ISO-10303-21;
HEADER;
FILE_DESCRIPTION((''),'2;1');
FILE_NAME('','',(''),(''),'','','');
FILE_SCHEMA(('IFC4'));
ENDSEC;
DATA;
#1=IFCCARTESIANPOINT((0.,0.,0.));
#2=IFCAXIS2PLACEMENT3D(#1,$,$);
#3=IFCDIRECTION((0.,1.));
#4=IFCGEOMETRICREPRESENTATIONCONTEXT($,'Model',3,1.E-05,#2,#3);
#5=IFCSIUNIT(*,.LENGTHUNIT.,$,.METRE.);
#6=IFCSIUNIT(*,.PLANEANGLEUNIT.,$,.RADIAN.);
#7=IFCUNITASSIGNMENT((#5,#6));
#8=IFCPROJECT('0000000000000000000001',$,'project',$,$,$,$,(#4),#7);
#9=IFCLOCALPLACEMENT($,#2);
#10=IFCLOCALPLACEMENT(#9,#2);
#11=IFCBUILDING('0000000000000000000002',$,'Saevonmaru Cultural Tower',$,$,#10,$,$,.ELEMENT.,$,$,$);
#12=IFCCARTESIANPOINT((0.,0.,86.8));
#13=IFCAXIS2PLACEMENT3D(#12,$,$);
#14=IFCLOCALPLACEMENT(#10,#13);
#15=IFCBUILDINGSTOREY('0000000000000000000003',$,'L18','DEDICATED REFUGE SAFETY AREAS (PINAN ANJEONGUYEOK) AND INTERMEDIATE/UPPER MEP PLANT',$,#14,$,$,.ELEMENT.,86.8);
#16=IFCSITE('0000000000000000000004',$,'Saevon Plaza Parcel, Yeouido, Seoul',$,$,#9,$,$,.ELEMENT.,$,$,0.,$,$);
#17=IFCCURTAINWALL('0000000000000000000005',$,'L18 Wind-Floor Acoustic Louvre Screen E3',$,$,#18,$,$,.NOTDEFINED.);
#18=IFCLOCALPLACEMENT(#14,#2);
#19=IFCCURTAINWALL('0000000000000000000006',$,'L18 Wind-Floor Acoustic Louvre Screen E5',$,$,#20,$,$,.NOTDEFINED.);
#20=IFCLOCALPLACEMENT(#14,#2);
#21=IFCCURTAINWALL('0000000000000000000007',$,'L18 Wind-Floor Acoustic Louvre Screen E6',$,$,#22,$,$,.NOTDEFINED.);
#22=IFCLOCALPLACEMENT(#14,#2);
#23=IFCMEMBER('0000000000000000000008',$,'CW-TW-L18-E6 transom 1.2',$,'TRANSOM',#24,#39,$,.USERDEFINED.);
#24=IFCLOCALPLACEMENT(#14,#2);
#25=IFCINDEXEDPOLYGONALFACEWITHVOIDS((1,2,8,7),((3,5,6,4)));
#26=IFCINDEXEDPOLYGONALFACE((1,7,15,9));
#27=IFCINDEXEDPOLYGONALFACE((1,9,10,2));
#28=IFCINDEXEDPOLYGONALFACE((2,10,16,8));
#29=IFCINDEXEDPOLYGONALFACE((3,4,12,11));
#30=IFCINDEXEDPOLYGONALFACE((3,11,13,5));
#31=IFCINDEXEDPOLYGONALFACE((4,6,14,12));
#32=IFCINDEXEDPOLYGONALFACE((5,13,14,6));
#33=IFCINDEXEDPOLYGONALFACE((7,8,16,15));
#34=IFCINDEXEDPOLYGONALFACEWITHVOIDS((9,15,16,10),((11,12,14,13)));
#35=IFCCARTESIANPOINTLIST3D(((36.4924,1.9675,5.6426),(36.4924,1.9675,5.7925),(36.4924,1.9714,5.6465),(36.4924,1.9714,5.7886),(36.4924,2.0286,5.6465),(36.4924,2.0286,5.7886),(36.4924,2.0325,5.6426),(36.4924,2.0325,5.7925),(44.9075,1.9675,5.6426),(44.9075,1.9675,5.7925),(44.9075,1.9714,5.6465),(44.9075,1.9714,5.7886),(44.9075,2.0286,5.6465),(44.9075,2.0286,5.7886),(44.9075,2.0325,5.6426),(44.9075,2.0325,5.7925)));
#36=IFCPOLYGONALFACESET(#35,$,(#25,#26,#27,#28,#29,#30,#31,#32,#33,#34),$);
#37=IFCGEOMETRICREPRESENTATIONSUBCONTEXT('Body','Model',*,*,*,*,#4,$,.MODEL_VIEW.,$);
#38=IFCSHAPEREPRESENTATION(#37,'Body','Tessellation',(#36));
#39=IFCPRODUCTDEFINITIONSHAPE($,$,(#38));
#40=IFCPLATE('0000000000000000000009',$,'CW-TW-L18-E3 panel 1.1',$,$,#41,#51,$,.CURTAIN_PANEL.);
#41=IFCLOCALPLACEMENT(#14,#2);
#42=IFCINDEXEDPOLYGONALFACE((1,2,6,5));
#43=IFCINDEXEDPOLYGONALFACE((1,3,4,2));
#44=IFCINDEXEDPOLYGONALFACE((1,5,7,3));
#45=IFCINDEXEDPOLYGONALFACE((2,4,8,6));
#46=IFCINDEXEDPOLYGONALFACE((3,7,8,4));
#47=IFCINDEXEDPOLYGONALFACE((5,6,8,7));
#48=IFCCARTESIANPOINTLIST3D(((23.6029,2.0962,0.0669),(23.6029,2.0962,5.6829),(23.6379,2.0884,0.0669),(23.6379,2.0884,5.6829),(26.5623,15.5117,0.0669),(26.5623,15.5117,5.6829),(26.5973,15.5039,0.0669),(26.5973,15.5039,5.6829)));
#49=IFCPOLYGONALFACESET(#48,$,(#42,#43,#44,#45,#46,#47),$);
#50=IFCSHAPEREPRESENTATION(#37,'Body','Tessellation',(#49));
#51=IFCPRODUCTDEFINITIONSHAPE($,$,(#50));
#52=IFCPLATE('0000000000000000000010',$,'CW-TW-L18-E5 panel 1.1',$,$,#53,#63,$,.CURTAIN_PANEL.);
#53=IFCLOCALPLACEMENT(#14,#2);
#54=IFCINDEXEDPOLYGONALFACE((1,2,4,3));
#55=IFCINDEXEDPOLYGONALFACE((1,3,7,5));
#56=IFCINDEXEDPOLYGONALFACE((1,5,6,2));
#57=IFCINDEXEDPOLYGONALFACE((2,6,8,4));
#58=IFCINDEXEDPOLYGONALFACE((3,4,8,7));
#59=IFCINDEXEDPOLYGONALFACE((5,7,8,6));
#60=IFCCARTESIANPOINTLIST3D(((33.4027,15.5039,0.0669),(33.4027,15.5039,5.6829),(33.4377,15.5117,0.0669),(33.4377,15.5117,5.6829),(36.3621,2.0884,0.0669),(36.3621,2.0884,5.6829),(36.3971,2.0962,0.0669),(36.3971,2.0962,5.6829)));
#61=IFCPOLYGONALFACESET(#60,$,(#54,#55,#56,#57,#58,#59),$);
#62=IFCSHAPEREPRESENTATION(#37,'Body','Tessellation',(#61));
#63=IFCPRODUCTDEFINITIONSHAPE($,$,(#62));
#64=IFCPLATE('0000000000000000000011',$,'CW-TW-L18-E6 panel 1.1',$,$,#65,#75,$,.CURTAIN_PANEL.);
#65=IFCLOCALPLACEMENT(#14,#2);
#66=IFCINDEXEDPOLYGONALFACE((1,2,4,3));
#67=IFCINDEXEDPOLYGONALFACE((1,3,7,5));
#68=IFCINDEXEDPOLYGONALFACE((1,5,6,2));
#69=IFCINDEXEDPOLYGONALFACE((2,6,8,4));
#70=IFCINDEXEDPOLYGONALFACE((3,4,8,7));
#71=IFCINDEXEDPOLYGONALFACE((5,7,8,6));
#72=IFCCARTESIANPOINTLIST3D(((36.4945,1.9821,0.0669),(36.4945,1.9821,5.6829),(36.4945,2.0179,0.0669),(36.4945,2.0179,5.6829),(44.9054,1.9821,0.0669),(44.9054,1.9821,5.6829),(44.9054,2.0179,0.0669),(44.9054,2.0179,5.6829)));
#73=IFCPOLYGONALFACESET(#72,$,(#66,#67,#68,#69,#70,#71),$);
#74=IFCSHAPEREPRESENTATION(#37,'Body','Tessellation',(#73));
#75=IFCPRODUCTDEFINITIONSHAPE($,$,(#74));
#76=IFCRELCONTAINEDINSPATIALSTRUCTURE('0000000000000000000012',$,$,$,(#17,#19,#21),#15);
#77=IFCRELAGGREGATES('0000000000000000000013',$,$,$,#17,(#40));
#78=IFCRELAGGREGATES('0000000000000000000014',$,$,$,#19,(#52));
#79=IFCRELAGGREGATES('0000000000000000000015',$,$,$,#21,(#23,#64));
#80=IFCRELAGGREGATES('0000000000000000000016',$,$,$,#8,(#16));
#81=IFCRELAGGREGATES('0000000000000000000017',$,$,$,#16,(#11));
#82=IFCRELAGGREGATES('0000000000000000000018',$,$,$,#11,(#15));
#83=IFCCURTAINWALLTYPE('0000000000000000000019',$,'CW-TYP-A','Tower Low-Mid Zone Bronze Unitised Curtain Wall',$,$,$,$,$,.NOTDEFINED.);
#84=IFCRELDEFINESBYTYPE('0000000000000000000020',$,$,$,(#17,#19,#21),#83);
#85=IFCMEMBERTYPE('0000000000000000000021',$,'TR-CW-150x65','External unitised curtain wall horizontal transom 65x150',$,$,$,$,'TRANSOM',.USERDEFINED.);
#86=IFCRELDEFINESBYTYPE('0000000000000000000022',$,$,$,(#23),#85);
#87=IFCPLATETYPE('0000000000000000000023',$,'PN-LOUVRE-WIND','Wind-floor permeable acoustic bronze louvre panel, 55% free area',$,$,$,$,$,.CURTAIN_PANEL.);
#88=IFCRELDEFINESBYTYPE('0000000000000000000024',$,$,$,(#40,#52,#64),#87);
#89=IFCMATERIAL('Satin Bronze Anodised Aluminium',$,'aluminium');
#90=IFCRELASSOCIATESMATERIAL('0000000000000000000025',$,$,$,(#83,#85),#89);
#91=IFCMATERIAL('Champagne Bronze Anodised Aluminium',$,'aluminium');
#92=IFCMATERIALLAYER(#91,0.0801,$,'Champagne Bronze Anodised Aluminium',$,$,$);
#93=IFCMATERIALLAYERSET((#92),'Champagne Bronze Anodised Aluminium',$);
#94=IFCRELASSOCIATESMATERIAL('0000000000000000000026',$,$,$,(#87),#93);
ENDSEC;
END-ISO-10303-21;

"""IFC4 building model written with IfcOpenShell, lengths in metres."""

from ifc_helpers import new_model, si_unit, direction, frame, origin, origin_2d, place, context, subcontext, project, spatial, rectangle, hollow_rectangle, extrude, material, layer, layer_set, material_profile, profile_set, type_object, element, aggregate, save


model = new_model("IFC4")

# Units and contexts
model_context = context("Model", 3, precision=1e-05, world=origin(), true_north=direction((0.0, 1.0)))
body_context = subcontext(model_context, "Body", "Model", "MODEL_VIEW")
ifc_project = project(units=[si_unit("LENGTHUNIT", "METRE"), si_unit("PLANEANGLEUNIT", "RADIAN")], contexts=[model_context])

# Site, building, storey
site_placement = place(None, origin())
site = spatial("IfcSite", under=ifc_project, at=site_placement, Name="Saevon Plaza Parcel, Yeouido, Seoul", CompositionType="ELEMENT", RefElevation=0.0)
building_placement = place(site_placement, origin())
building = spatial("IfcBuilding", under=site, at=building_placement, Name="Saevonmaru Cultural Tower", CompositionType="ELEMENT")
storey_placement = place(building_placement, frame((0.0, 0.0, 86.8)))
storey = spatial("IfcBuildingStorey", under=building, at=storey_placement, Name="L18", Description="DEDICATED REFUGE SAFETY AREAS (PINAN ANJEONGUYEOK) AND INTERMEDIATE/UPPER MEP PLANT", CompositionType="ELEMENT", Elevation=86.8)

# Curtain wall
ifc_material_1 = material(Name="Satin Bronze Anodised Aluminium", Category="aluminium")
curtain_wall_type = type_object("IfcCurtainWallType", Name="CW-TYP-A", Description="Tower Low-Mid Zone Bronze Unitised Curtain Wall", PredefinedType="NOTDEFINED", material=ifc_material_1)
curtain_wall_1_placement = place(storey_placement, origin())
curtain_wall_1 = element("IfcCurtainWall", 1, at=curtain_wall_1_placement, inside=storey, type_object=curtain_wall_type, Name="L18 Wind-Floor Acoustic Louvre Screen E3", PredefinedType="NOTDEFINED")

# Curtain wall
curtain_wall_2_placement = place(storey_placement, origin())
curtain_wall_2 = element("IfcCurtainWall", 2, at=curtain_wall_2_placement, inside=storey, type_object=curtain_wall_type, Name="L18 Wind-Floor Acoustic Louvre Screen E5", PredefinedType="NOTDEFINED")

# Curtain wall
curtain_wall_3_placement = place(storey_placement, origin())
curtain_wall_3 = element("IfcCurtainWall", 3, at=curtain_wall_3_placement, inside=storey, type_object=curtain_wall_type, Name="L18 Wind-Floor Acoustic Louvre Screen E6", PredefinedType="NOTDEFINED")

# Member
ifc_material_profile_1 = material_profile(ifc_material_1, hollow_rectangle(XDim=0.0649, YDim=0.1499, WallThickness=0.0039, at=origin_2d()), Name="ALU-TRAN-150x65x4")
ifc_profile_set_1 = profile_set([ifc_material_profile_1], Name="Satin Bronze Anodised Aluminium")
member_type_1 = type_object("IfcMemberType", Name="TR-CW-150x65", Description="External unitised curtain wall horizontal transom 65x150", ElementType="TRANSOM", PredefinedType="USERDEFINED", material=ifc_profile_set_1)
member_1_placement = place(storey_placement, frame((36.4924, 2.0, 5.7175), z_axis=(1.0, 0.0, 0.0), x_axis=(0.0, 1.0, 0.0)))
member_1 = element("IfcMember", 4, at=member_1_placement, type_object=member_type_1, Name="CW-TW-L18-E6 transom 1.2", ObjectType="TRANSOM", PredefinedType="USERDEFINED", context=body_context, shape_type="SweptSolid", body=[
    extrude(hollow_rectangle(XDim=0.0649, YDim=0.1499, WallThickness=0.0039, at=origin_2d()), origin(), (0.0, 0.0, 1.0), 8.415),
])

# Plates
ifc_material_2 = material(Name="Champagne Bronze Anodised Aluminium", Category="aluminium")
ifc_layer = layer(ifc_material_2, 0.0801, Name="Champagne Bronze Anodised Aluminium")
ifc_layer_set = layer_set([ifc_layer], Name="Champagne Bronze Anodised Aluminium")
plate_type = type_object("IfcPlateType", Name="PN-LOUVRE-WIND", Description="Wind-floor permeable acoustic bronze louvre panel, 55% free area", PredefinedType="CURTAIN_PANEL", material=ifc_layer_set)
plate_1_placement = place(storey_placement, frame((25.1001, 8.8, 0.0669), z_axis=(0.0, 0.0, 1.0), x_axis=(0.215413, 0.976523, 0.0)))
plate_1 = element("IfcPlate", 5, at=plate_1_placement, type_object=plate_type, Name="CW-TW-L18-E3 panel 1.1", PredefinedType="CURTAIN_PANEL", context=body_context, shape_type="SweptSolid", body=[
    extrude(rectangle(XDim=13.738, YDim=0.0359, at=origin_2d()), origin(), (0.0, 0.0, 1.0), 5.616),
])
aggregate(curtain_wall_1, [plate_1])
plate_2_placement = place(storey_placement, frame((34.8999, 8.8, 0.0669), z_axis=(0.0, 0.0, 1.0), x_axis=(0.215413, -0.976523, 0.0)))
plate_2 = element("IfcPlate", 6, at=plate_2_placement, type_object=plate_type, Name="CW-TW-L18-E5 panel 1.1", PredefinedType="CURTAIN_PANEL", context=body_context, shape_type="SweptSolid", body=[
    extrude(rectangle(XDim=13.738, YDim=0.0359, at=origin_2d()), origin(), (0.0, 0.0, 1.0), 5.616),
])
aggregate(curtain_wall_2, [plate_2])
plate_3_placement = place(storey_placement, frame((40.7, 2.0, 0.0669), z_axis=(0.0, 0.0, 1.0), x_axis=(1.0, 0.0, 0.0)))
plate_3 = element("IfcPlate", 7, at=plate_3_placement, type_object=plate_type, Name="CW-TW-L18-E6 panel 1.1", PredefinedType="CURTAIN_PANEL", context=body_context, shape_type="SweptSolid", body=[
    extrude(rectangle(XDim=8.4109, YDim=0.0359, at=origin_2d()), origin(), (0.0, 0.0, 1.0), 5.616),
])
aggregate(curtain_wall_3, [member_1, plate_3])

save(model, "model.ifc")
